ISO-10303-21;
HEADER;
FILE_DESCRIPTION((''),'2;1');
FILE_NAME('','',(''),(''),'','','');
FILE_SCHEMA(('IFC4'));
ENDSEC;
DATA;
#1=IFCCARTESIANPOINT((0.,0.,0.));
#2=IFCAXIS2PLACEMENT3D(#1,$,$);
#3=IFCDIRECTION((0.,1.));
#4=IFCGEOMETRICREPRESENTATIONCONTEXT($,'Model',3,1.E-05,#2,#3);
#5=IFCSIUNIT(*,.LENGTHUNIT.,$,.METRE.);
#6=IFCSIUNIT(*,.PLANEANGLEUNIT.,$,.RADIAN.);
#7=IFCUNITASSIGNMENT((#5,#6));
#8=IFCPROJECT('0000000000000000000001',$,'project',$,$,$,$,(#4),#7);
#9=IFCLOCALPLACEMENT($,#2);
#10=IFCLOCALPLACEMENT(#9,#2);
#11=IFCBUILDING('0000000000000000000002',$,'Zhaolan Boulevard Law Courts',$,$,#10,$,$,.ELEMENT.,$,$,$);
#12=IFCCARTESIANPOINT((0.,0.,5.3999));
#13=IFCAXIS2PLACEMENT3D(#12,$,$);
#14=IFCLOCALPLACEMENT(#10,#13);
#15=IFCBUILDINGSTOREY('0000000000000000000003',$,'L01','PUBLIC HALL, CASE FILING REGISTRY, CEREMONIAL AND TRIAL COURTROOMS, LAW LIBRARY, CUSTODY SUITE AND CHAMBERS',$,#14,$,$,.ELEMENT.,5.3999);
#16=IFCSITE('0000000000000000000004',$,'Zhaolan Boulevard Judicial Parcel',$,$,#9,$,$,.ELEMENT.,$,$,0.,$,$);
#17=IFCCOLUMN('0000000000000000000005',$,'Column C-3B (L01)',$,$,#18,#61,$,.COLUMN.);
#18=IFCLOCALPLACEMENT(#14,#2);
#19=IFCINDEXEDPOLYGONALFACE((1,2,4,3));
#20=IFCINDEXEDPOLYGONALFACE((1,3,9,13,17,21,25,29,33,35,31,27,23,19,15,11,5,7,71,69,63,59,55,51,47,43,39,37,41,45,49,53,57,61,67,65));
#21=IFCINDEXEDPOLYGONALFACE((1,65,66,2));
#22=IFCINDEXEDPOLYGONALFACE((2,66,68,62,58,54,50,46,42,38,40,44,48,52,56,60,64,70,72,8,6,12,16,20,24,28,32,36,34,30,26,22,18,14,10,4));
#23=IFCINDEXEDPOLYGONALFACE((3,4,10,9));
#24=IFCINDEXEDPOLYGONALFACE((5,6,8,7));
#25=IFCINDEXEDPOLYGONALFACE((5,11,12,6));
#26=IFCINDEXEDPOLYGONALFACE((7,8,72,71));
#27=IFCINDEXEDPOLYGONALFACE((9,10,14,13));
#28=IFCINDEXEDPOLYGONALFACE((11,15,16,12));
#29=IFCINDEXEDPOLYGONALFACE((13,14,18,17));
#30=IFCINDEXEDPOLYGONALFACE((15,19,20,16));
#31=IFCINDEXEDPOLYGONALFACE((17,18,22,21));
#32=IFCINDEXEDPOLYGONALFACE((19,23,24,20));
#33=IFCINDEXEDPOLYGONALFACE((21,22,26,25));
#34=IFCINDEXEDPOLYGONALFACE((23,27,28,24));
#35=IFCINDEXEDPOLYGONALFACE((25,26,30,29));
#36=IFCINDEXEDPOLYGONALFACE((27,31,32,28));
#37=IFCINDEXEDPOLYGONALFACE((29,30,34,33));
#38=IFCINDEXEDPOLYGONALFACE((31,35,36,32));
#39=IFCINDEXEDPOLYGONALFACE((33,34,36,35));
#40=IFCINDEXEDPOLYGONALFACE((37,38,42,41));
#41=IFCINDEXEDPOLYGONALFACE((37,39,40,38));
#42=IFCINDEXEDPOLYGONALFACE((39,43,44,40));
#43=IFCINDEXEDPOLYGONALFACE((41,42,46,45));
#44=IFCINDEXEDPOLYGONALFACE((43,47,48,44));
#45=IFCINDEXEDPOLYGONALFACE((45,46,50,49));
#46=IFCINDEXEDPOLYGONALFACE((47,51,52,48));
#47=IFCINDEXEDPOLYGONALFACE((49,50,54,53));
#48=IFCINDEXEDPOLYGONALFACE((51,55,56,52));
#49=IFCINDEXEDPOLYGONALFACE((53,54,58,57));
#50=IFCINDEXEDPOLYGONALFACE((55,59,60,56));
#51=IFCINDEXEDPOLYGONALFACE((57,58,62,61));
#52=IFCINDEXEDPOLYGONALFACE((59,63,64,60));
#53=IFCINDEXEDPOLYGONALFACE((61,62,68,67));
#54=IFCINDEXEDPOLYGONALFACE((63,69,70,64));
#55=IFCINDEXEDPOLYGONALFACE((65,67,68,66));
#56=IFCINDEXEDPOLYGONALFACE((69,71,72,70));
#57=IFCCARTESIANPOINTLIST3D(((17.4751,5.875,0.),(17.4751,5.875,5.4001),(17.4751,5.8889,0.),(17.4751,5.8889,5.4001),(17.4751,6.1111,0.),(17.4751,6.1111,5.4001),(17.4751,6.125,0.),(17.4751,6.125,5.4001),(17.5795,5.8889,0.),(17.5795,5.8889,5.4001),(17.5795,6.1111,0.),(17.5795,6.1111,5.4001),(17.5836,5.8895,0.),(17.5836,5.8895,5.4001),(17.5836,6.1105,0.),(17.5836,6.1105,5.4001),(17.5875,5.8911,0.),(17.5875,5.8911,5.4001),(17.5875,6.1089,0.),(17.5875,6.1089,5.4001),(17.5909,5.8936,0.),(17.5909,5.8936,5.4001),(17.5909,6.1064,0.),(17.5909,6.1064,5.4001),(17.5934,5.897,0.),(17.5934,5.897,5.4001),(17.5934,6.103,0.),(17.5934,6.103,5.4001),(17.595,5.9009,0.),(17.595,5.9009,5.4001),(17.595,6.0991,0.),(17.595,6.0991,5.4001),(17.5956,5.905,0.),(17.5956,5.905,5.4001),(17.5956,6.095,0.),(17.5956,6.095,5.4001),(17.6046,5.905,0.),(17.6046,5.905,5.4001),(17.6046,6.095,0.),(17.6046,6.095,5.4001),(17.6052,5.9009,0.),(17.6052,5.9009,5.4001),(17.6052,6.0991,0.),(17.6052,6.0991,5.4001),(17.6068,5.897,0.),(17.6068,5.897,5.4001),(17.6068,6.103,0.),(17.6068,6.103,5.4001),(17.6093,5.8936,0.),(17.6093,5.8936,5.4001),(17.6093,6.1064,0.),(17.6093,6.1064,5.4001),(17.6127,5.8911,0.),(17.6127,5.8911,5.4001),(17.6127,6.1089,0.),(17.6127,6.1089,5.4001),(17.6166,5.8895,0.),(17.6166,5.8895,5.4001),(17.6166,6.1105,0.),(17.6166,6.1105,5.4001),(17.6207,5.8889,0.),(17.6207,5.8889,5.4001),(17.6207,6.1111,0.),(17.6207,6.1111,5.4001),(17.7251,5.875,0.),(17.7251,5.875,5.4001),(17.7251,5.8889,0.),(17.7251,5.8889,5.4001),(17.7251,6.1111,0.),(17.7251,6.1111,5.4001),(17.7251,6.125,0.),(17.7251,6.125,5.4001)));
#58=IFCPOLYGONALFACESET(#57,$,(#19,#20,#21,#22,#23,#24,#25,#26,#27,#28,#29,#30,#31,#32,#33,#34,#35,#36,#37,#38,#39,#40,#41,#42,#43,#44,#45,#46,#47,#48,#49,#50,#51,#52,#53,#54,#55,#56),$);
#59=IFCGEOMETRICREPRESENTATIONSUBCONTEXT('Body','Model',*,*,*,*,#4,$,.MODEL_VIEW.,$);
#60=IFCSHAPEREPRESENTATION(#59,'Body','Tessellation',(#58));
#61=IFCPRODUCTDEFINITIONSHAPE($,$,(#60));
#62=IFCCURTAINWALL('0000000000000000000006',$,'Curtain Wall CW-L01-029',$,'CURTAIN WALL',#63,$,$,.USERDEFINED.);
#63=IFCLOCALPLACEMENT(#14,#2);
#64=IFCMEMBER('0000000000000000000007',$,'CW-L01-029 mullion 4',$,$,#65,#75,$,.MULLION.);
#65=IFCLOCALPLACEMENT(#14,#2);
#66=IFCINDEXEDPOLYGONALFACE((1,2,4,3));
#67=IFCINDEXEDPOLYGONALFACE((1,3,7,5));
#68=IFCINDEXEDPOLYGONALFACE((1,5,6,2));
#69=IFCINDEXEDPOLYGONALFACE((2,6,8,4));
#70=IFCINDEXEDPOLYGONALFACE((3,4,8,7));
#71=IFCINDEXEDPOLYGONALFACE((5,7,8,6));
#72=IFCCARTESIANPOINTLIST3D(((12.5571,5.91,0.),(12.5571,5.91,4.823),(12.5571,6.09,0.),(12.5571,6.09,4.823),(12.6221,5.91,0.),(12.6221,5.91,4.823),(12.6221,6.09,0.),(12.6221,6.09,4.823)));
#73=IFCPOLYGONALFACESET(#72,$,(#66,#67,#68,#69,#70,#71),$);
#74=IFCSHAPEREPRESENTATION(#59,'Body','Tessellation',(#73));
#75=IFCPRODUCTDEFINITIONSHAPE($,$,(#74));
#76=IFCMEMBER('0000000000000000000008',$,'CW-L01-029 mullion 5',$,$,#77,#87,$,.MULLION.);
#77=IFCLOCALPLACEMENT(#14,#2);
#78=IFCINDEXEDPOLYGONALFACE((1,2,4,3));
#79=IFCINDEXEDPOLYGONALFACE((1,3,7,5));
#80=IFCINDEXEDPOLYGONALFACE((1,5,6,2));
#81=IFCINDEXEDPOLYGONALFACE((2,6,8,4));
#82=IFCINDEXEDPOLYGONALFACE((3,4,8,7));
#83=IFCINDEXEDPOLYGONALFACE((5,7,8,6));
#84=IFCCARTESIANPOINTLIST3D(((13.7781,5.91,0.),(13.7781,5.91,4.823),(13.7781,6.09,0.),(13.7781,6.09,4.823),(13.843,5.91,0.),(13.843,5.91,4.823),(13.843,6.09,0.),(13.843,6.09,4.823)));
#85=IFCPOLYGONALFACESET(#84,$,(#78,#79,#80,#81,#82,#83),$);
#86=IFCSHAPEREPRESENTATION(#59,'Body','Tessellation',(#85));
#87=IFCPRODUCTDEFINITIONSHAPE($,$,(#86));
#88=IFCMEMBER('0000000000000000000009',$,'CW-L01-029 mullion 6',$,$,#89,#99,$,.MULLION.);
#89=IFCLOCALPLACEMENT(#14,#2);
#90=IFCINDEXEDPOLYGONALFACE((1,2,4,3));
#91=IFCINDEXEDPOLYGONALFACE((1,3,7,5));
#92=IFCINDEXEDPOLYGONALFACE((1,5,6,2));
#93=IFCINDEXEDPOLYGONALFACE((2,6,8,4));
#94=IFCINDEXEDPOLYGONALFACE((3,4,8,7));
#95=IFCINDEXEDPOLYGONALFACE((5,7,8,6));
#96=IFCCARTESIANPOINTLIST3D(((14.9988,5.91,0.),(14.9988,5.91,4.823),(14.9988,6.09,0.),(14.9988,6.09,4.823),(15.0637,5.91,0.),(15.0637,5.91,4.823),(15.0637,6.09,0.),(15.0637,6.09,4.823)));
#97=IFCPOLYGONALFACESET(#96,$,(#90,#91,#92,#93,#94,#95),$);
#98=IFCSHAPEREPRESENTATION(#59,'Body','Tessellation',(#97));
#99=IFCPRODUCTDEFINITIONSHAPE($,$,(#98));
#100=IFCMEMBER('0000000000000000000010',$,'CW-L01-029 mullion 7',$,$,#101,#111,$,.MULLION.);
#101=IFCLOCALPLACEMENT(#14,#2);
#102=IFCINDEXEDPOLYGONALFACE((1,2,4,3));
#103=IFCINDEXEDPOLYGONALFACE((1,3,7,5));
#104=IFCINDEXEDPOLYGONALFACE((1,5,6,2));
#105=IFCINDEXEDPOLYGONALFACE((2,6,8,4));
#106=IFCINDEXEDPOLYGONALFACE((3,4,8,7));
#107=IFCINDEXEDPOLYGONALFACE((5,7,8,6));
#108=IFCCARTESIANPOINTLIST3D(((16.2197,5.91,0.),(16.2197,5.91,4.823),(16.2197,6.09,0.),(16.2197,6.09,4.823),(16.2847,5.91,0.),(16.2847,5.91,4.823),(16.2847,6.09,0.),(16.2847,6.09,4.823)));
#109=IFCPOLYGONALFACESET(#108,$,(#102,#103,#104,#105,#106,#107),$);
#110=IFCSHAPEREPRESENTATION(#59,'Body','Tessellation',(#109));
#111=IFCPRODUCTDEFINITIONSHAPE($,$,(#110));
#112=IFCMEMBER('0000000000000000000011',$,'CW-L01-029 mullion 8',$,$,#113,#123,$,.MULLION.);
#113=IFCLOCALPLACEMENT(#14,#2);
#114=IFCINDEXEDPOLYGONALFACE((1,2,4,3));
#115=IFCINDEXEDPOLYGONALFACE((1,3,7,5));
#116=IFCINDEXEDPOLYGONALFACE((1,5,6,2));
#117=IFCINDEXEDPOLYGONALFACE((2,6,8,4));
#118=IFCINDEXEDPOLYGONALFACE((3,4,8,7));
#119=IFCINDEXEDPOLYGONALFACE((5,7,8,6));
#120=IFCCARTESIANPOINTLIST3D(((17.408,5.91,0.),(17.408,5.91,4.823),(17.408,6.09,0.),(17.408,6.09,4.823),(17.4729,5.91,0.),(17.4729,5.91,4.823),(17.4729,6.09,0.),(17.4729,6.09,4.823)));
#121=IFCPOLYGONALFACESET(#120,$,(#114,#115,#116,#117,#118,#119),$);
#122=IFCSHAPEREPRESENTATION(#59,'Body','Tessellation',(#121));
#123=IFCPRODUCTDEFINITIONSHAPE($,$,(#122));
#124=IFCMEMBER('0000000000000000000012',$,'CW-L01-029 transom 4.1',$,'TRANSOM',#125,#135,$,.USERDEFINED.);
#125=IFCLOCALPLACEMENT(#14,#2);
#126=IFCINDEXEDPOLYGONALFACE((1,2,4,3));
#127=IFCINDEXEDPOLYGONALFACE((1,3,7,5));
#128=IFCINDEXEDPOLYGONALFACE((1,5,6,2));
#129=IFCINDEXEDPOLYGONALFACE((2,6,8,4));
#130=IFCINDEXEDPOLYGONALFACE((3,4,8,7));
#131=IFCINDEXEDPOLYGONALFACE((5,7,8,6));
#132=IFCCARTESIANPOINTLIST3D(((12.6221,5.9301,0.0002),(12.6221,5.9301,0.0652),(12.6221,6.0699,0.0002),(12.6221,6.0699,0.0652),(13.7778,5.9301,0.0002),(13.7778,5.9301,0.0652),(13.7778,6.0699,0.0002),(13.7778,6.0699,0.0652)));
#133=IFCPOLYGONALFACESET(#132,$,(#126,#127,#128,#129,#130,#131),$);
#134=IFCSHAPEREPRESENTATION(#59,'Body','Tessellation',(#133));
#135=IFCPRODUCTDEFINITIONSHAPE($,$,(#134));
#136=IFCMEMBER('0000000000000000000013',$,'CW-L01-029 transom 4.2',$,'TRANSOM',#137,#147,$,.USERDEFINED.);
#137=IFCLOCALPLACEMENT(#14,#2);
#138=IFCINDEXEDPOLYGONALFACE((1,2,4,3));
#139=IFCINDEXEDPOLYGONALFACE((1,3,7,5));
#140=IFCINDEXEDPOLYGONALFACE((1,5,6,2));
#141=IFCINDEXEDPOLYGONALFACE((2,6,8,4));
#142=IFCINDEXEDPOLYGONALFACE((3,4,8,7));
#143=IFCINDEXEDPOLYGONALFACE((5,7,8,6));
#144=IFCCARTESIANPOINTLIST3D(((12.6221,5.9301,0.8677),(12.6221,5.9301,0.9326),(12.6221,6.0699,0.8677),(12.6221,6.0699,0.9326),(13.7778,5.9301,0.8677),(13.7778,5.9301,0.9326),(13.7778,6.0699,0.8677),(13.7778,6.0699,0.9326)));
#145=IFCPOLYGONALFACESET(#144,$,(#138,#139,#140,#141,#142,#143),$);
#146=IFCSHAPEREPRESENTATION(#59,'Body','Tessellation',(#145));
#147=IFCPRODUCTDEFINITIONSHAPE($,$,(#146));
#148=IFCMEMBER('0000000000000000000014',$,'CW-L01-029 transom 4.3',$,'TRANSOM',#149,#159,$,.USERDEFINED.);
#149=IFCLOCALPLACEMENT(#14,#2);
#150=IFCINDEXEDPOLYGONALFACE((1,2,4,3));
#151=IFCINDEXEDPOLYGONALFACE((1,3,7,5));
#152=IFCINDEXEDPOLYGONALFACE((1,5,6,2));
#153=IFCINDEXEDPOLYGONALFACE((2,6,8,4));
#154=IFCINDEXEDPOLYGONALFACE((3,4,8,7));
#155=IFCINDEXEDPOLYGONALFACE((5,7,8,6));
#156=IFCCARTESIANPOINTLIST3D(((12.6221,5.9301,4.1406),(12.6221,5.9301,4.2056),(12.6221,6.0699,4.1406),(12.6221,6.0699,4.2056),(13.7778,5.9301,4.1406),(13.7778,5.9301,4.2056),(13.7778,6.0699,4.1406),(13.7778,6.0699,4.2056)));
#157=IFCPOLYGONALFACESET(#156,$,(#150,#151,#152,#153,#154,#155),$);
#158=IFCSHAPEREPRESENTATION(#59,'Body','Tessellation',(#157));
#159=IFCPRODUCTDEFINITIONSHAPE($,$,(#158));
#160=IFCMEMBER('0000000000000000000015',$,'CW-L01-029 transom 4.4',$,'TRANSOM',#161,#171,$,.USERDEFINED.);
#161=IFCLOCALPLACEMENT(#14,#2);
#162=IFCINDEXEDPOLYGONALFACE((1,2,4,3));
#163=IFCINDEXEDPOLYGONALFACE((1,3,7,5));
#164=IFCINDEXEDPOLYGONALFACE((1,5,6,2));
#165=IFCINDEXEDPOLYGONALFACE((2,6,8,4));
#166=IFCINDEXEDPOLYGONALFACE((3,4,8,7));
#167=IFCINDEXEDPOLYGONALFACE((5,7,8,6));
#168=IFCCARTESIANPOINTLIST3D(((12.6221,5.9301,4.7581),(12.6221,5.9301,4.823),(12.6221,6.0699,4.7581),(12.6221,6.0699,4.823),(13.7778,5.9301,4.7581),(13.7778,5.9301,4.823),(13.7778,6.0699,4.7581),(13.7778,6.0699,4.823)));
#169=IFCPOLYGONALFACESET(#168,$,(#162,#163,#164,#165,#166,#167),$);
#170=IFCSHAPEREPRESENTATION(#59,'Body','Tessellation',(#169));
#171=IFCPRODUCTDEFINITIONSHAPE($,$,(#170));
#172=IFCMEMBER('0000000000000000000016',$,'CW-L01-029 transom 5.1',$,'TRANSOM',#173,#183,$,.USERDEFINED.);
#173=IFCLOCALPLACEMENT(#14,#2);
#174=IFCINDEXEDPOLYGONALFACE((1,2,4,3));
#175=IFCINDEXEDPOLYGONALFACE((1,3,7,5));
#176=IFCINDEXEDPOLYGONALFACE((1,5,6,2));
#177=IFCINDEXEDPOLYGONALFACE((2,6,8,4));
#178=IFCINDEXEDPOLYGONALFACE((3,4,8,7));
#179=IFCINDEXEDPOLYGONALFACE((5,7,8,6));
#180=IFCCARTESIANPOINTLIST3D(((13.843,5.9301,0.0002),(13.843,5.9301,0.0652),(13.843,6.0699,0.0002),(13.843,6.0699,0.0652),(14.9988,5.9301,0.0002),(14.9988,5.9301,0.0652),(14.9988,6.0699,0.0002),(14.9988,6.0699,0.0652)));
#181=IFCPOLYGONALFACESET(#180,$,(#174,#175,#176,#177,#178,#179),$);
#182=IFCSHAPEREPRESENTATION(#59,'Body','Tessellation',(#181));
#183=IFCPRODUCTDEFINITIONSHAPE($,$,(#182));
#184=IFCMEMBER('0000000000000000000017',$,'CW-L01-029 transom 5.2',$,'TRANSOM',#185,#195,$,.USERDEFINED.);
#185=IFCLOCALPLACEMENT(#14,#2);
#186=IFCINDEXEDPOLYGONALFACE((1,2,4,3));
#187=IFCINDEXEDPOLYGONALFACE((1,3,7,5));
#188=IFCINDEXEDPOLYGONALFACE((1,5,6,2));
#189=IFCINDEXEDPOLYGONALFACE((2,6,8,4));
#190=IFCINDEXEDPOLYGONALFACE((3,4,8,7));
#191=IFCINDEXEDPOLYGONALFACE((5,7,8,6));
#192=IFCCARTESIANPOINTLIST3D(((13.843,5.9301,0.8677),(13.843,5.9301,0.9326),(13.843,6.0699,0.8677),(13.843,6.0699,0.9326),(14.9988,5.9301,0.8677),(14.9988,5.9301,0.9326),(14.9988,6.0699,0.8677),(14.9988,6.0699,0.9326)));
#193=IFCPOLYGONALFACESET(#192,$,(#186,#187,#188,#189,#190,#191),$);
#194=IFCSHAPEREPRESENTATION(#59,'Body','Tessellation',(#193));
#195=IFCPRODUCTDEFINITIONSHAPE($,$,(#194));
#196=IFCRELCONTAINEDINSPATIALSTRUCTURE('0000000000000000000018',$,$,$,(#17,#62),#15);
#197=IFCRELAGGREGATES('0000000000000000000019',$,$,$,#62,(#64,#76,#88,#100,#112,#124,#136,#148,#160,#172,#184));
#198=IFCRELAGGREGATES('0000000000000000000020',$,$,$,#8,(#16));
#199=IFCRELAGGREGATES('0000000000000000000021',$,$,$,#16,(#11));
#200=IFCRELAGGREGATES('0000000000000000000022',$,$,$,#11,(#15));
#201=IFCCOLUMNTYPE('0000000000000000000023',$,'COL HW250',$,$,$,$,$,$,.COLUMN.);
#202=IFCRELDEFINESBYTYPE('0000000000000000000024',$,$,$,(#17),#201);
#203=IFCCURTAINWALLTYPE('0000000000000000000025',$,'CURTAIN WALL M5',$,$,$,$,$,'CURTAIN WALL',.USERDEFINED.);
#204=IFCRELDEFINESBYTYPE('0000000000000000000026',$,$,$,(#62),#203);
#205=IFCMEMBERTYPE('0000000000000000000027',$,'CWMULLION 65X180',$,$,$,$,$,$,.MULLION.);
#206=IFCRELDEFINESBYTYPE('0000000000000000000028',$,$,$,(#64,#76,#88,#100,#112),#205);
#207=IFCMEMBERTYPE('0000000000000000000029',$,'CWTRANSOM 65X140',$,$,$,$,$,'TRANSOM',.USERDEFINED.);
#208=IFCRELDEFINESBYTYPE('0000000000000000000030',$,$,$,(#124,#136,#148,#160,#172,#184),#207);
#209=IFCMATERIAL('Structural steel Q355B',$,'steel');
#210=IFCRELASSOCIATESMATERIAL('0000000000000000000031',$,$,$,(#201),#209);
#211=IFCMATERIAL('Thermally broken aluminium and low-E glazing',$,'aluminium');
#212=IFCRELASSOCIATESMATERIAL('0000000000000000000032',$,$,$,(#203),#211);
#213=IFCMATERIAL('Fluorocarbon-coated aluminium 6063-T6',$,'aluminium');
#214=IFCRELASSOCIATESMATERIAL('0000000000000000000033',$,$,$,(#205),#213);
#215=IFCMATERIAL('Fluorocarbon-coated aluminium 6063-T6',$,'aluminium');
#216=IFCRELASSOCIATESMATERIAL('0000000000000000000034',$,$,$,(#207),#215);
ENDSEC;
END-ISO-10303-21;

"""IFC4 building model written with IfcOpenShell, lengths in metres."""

from ifc_helpers import new_model, si_unit, direction, frame, origin, origin_2d, place, context, subcontext, project, spatial, rectangle, i_section, extrude, material, material_profile, profile_set, type_object, element, aggregate, save


model = new_model("IFC4")

# Units and contexts
model_context = context("Model", 3, precision=1e-05, world=origin(), true_north=direction((0.0, 1.0)))
body_context = subcontext(model_context, "Body", "Model", "MODEL_VIEW")
ifc_project = project(units=[si_unit("LENGTHUNIT", "METRE"), si_unit("PLANEANGLEUNIT", "RADIAN")], contexts=[model_context])

# Site, building, storey
site_placement = place(None, origin())
site = spatial("IfcSite", under=ifc_project, at=site_placement, Name="Zhaolan Boulevard Judicial Parcel", CompositionType="ELEMENT", RefElevation=0.0)
building_placement = place(site_placement, origin())
building = spatial("IfcBuilding", under=site, at=building_placement, Name="Zhaolan Boulevard Law Courts", CompositionType="ELEMENT")
storey_placement = place(building_placement, frame((0.0, 0.0, 5.3999)))
storey = spatial("IfcBuildingStorey", under=building, at=storey_placement, Name="L01", Description="PUBLIC HALL, CASE FILING REGISTRY, CEREMONIAL AND TRIAL COURTROOMS, LAW LIBRARY, CUSTODY SUITE AND CHAMBERS", CompositionType="ELEMENT", Elevation=5.3999)

# Column
ifc_material_1 = material(Name="Structural steel Q355B", Category="steel")
ifc_material_profile_1 = material_profile(ifc_material_1, i_section(OverallWidth=0.25, OverallDepth=0.25, WebThickness=0.009, FlangeThickness=0.0139, FilletRadius=0.0161, at=origin_2d()), Name="HW250x250")
ifc_profile_set_1 = profile_set([ifc_material_profile_1], Name="Structural steel Q355B")
column_type = type_object("IfcColumnType", Name="COL HW250", PredefinedType="COLUMN", material=ifc_profile_set_1)
column_placement = place(storey_placement, frame((17.6001, 6.0, 0.0), z_axis=(0.0, 0.0, 1.0), x_axis=(1.0, 0.0, 0.0)))
element("IfcColumn", 1, at=column_placement, inside=storey, type_object=column_type, Name="Column C-3B (L01)", PredefinedType="COLUMN", context=body_context, shape_type="SweptSolid", body=[
    extrude(i_section(OverallWidth=0.25, OverallDepth=0.25, WebThickness=0.009, FlangeThickness=0.0139, FilletRadius=0.0161, at=origin_2d()), origin(), (0.0, 0.0, 1.0), 5.4001),
])

# Curtain wall, members
ifc_material_2 = material(Name="Thermally broken aluminium and low-E glazing", Category="aluminium")
curtain_wall_type = type_object("IfcCurtainWallType", Name="CURTAIN WALL M5", ElementType="CURTAIN WALL", PredefinedType="USERDEFINED", material=ifc_material_2)
curtain_wall_placement = place(storey_placement, origin())
curtain_wall = element("IfcCurtainWall", 2, at=curtain_wall_placement, inside=storey, type_object=curtain_wall_type, Name="Curtain Wall CW-L01-029", ObjectType="CURTAIN WALL", PredefinedType="USERDEFINED")
ifc_material_3 = material(Name="Fluorocarbon-coated aluminium 6063-T6", Category="aluminium")
ifc_material_profile_2 = material_profile(ifc_material_3, rectangle(XDim=0.1799, YDim=0.0649, at=origin_2d()), Name="AL65x180")
ifc_profile_set_2 = profile_set([ifc_material_profile_2], Name="Fluorocarbon-coated aluminium 6063-T6")
member_type_1 = type_object("IfcMemberType", Name="CWMULLION 65X180", PredefinedType="MULLION", material=ifc_profile_set_2)
member_1_placement = place(storey_placement, frame((12.5896, 6.0, 0.0), z_axis=(0.0, 0.0, 1.0), x_axis=(0.0, 1.0, 0.0)))
member_1 = element("IfcMember", 3, at=member_1_placement, type_object=member_type_1, Name="CW-L01-029 mullion 4", PredefinedType="MULLION", context=body_context, shape_type="SweptSolid", body=[
    extrude(rectangle(XDim=0.1799, YDim=0.0649, at=origin_2d()), origin(), (0.0, 0.0, 1.0), 4.823),
])
member_2_placement = place(storey_placement, frame((13.8105, 6.0, 0.0), z_axis=(0.0, 0.0, 1.0), x_axis=(0.0, 1.0, 0.0)))
member_2 = element("IfcMember", 4, at=member_2_placement, type_object=member_type_1, Name="CW-L01-029 mullion 5", PredefinedType="MULLION", context=body_context, shape_type="SweptSolid", body=[
    extrude(rectangle(XDim=0.1799, YDim=0.0649, at=origin_2d()), origin(), (0.0, 0.0, 1.0), 4.823),
])
member_3_placement = place(storey_placement, frame((15.0312, 6.0, 0.0), z_axis=(0.0, 0.0, 1.0), x_axis=(0.0, 1.0, 0.0)))
member_3 = element("IfcMember", 5, at=member_3_placement, type_object=member_type_1, Name="CW-L01-029 mullion 6", PredefinedType="MULLION", context=body_context, shape_type="SweptSolid", body=[
    extrude(rectangle(XDim=0.1799, YDim=0.0649, at=origin_2d()), origin(), (0.0, 0.0, 1.0), 4.823),
])
member_4_placement = place(storey_placement, frame((16.2522, 6.0, 0.0), z_axis=(0.0, 0.0, 1.0), x_axis=(0.0, 1.0, 0.0)))
member_4 = element("IfcMember", 6, at=member_4_placement, type_object=member_type_1, Name="CW-L01-029 mullion 7", PredefinedType="MULLION", context=body_context, shape_type="SweptSolid", body=[
    extrude(rectangle(XDim=0.1799, YDim=0.0649, at=origin_2d()), origin(), (0.0, 0.0, 1.0), 4.823),
])
member_5_placement = place(storey_placement, frame((17.4404, 6.0, 0.0), z_axis=(0.0, 0.0, 1.0), x_axis=(0.0, 1.0, 0.0)))
member_5 = element("IfcMember", 7, at=member_5_placement, type_object=member_type_1, Name="CW-L01-029 mullion 8", PredefinedType="MULLION", context=body_context, shape_type="SweptSolid", body=[
    extrude(rectangle(XDim=0.1799, YDim=0.0649, at=origin_2d()), origin(), (0.0, 0.0, 1.0), 4.823),
])
ifc_material_4 = material(Name="Fluorocarbon-coated aluminium 6063-T6", Category="aluminium")
ifc_material_profile_3 = material_profile(ifc_material_4, rectangle(XDim=0.1399, YDim=0.0649, at=origin_2d()), Name="AL65x140")
ifc_profile_set_3 = profile_set([ifc_material_profile_3], Name="Fluorocarbon-coated aluminium 6063-T6")
member_type_2 = type_object("IfcMemberType", Name="CWTRANSOM 65X140", ElementType="TRANSOM", PredefinedType="USERDEFINED", material=ifc_profile_set_3)
member_6_placement = place(storey_placement, frame((12.6221, 6.0, 0.0327), z_axis=(1.0, 0.0, 0.0), x_axis=(0.0, 1.0, 0.0)))
member_6 = element("IfcMember", 8, at=member_6_placement, type_object=member_type_2, Name="CW-L01-029 transom 4.1", ObjectType="TRANSOM", PredefinedType="USERDEFINED", context=body_context, shape_type="SweptSolid", body=[
    extrude(rectangle(XDim=0.1399, YDim=0.0649, at=origin_2d()), origin(), (0.0, 0.0, 1.0), 1.1558),
])
member_7_placement = place(storey_placement, frame((12.6221, 6.0, 0.9001), z_axis=(1.0, 0.0, 0.0), x_axis=(0.0, 1.0, 0.0)))
member_7 = element("IfcMember", 9, at=member_7_placement, type_object=member_type_2, Name="CW-L01-029 transom 4.2", ObjectType="TRANSOM", PredefinedType="USERDEFINED", context=body_context, shape_type="SweptSolid", body=[
    extrude(rectangle(XDim=0.1399, YDim=0.0649, at=origin_2d()), origin(), (0.0, 0.0, 1.0), 1.1558),
])
member_8_placement = place(storey_placement, frame((12.6221, 6.0, 4.1731), z_axis=(1.0, 0.0, 0.0), x_axis=(0.0, 1.0, 0.0)))
member_8 = element("IfcMember", 10, at=member_8_placement, type_object=member_type_2, Name="CW-L01-029 transom 4.3", ObjectType="TRANSOM", PredefinedType="USERDEFINED", context=body_context, shape_type="SweptSolid", body=[
    extrude(rectangle(XDim=0.1399, YDim=0.0649, at=origin_2d()), origin(), (0.0, 0.0, 1.0), 1.1558),
])
member_9_placement = place(storey_placement, frame((12.6221, 6.0, 4.7905), z_axis=(1.0, 0.0, 0.0), x_axis=(0.0, 1.0, 0.0)))
member_9 = element("IfcMember", 11, at=member_9_placement, type_object=member_type_2, Name="CW-L01-029 transom 4.4", ObjectType="TRANSOM", PredefinedType="USERDEFINED", context=body_context, shape_type="SweptSolid", body=[
    extrude(rectangle(XDim=0.1399, YDim=0.0649, at=origin_2d()), origin(), (0.0, 0.0, 1.0), 1.1558),
])
member_10_placement = place(storey_placement, frame((13.843, 6.0, 0.0327), z_axis=(1.0, 0.0, 0.0), x_axis=(0.0, 1.0, 0.0)))
member_10 = element("IfcMember", 12, at=member_10_placement, type_object=member_type_2, Name="CW-L01-029 transom 5.1", ObjectType="TRANSOM", PredefinedType="USERDEFINED", context=body_context, shape_type="SweptSolid", body=[
    extrude(rectangle(XDim=0.1399, YDim=0.0649, at=origin_2d()), origin(), (0.0, 0.0, 1.0), 1.1558),
])
member_11_placement = place(storey_placement, frame((13.843, 6.0, 0.9001), z_axis=(1.0, 0.0, 0.0), x_axis=(0.0, 1.0, 0.0)))
member_11 = element("IfcMember", 13, at=member_11_placement, type_object=member_type_2, Name="CW-L01-029 transom 5.2", ObjectType="TRANSOM", PredefinedType="USERDEFINED", context=body_context, shape_type="SweptSolid", body=[
    extrude(rectangle(XDim=0.1399, YDim=0.0649, at=origin_2d()), origin(), (0.0, 0.0, 1.0), 1.1558),
])
aggregate(curtain_wall, [member_1, member_2, member_3, member_4, member_5, member_6, member_7, member_8, member_9, member_10, member_11])

save(model, "model.ifc")
